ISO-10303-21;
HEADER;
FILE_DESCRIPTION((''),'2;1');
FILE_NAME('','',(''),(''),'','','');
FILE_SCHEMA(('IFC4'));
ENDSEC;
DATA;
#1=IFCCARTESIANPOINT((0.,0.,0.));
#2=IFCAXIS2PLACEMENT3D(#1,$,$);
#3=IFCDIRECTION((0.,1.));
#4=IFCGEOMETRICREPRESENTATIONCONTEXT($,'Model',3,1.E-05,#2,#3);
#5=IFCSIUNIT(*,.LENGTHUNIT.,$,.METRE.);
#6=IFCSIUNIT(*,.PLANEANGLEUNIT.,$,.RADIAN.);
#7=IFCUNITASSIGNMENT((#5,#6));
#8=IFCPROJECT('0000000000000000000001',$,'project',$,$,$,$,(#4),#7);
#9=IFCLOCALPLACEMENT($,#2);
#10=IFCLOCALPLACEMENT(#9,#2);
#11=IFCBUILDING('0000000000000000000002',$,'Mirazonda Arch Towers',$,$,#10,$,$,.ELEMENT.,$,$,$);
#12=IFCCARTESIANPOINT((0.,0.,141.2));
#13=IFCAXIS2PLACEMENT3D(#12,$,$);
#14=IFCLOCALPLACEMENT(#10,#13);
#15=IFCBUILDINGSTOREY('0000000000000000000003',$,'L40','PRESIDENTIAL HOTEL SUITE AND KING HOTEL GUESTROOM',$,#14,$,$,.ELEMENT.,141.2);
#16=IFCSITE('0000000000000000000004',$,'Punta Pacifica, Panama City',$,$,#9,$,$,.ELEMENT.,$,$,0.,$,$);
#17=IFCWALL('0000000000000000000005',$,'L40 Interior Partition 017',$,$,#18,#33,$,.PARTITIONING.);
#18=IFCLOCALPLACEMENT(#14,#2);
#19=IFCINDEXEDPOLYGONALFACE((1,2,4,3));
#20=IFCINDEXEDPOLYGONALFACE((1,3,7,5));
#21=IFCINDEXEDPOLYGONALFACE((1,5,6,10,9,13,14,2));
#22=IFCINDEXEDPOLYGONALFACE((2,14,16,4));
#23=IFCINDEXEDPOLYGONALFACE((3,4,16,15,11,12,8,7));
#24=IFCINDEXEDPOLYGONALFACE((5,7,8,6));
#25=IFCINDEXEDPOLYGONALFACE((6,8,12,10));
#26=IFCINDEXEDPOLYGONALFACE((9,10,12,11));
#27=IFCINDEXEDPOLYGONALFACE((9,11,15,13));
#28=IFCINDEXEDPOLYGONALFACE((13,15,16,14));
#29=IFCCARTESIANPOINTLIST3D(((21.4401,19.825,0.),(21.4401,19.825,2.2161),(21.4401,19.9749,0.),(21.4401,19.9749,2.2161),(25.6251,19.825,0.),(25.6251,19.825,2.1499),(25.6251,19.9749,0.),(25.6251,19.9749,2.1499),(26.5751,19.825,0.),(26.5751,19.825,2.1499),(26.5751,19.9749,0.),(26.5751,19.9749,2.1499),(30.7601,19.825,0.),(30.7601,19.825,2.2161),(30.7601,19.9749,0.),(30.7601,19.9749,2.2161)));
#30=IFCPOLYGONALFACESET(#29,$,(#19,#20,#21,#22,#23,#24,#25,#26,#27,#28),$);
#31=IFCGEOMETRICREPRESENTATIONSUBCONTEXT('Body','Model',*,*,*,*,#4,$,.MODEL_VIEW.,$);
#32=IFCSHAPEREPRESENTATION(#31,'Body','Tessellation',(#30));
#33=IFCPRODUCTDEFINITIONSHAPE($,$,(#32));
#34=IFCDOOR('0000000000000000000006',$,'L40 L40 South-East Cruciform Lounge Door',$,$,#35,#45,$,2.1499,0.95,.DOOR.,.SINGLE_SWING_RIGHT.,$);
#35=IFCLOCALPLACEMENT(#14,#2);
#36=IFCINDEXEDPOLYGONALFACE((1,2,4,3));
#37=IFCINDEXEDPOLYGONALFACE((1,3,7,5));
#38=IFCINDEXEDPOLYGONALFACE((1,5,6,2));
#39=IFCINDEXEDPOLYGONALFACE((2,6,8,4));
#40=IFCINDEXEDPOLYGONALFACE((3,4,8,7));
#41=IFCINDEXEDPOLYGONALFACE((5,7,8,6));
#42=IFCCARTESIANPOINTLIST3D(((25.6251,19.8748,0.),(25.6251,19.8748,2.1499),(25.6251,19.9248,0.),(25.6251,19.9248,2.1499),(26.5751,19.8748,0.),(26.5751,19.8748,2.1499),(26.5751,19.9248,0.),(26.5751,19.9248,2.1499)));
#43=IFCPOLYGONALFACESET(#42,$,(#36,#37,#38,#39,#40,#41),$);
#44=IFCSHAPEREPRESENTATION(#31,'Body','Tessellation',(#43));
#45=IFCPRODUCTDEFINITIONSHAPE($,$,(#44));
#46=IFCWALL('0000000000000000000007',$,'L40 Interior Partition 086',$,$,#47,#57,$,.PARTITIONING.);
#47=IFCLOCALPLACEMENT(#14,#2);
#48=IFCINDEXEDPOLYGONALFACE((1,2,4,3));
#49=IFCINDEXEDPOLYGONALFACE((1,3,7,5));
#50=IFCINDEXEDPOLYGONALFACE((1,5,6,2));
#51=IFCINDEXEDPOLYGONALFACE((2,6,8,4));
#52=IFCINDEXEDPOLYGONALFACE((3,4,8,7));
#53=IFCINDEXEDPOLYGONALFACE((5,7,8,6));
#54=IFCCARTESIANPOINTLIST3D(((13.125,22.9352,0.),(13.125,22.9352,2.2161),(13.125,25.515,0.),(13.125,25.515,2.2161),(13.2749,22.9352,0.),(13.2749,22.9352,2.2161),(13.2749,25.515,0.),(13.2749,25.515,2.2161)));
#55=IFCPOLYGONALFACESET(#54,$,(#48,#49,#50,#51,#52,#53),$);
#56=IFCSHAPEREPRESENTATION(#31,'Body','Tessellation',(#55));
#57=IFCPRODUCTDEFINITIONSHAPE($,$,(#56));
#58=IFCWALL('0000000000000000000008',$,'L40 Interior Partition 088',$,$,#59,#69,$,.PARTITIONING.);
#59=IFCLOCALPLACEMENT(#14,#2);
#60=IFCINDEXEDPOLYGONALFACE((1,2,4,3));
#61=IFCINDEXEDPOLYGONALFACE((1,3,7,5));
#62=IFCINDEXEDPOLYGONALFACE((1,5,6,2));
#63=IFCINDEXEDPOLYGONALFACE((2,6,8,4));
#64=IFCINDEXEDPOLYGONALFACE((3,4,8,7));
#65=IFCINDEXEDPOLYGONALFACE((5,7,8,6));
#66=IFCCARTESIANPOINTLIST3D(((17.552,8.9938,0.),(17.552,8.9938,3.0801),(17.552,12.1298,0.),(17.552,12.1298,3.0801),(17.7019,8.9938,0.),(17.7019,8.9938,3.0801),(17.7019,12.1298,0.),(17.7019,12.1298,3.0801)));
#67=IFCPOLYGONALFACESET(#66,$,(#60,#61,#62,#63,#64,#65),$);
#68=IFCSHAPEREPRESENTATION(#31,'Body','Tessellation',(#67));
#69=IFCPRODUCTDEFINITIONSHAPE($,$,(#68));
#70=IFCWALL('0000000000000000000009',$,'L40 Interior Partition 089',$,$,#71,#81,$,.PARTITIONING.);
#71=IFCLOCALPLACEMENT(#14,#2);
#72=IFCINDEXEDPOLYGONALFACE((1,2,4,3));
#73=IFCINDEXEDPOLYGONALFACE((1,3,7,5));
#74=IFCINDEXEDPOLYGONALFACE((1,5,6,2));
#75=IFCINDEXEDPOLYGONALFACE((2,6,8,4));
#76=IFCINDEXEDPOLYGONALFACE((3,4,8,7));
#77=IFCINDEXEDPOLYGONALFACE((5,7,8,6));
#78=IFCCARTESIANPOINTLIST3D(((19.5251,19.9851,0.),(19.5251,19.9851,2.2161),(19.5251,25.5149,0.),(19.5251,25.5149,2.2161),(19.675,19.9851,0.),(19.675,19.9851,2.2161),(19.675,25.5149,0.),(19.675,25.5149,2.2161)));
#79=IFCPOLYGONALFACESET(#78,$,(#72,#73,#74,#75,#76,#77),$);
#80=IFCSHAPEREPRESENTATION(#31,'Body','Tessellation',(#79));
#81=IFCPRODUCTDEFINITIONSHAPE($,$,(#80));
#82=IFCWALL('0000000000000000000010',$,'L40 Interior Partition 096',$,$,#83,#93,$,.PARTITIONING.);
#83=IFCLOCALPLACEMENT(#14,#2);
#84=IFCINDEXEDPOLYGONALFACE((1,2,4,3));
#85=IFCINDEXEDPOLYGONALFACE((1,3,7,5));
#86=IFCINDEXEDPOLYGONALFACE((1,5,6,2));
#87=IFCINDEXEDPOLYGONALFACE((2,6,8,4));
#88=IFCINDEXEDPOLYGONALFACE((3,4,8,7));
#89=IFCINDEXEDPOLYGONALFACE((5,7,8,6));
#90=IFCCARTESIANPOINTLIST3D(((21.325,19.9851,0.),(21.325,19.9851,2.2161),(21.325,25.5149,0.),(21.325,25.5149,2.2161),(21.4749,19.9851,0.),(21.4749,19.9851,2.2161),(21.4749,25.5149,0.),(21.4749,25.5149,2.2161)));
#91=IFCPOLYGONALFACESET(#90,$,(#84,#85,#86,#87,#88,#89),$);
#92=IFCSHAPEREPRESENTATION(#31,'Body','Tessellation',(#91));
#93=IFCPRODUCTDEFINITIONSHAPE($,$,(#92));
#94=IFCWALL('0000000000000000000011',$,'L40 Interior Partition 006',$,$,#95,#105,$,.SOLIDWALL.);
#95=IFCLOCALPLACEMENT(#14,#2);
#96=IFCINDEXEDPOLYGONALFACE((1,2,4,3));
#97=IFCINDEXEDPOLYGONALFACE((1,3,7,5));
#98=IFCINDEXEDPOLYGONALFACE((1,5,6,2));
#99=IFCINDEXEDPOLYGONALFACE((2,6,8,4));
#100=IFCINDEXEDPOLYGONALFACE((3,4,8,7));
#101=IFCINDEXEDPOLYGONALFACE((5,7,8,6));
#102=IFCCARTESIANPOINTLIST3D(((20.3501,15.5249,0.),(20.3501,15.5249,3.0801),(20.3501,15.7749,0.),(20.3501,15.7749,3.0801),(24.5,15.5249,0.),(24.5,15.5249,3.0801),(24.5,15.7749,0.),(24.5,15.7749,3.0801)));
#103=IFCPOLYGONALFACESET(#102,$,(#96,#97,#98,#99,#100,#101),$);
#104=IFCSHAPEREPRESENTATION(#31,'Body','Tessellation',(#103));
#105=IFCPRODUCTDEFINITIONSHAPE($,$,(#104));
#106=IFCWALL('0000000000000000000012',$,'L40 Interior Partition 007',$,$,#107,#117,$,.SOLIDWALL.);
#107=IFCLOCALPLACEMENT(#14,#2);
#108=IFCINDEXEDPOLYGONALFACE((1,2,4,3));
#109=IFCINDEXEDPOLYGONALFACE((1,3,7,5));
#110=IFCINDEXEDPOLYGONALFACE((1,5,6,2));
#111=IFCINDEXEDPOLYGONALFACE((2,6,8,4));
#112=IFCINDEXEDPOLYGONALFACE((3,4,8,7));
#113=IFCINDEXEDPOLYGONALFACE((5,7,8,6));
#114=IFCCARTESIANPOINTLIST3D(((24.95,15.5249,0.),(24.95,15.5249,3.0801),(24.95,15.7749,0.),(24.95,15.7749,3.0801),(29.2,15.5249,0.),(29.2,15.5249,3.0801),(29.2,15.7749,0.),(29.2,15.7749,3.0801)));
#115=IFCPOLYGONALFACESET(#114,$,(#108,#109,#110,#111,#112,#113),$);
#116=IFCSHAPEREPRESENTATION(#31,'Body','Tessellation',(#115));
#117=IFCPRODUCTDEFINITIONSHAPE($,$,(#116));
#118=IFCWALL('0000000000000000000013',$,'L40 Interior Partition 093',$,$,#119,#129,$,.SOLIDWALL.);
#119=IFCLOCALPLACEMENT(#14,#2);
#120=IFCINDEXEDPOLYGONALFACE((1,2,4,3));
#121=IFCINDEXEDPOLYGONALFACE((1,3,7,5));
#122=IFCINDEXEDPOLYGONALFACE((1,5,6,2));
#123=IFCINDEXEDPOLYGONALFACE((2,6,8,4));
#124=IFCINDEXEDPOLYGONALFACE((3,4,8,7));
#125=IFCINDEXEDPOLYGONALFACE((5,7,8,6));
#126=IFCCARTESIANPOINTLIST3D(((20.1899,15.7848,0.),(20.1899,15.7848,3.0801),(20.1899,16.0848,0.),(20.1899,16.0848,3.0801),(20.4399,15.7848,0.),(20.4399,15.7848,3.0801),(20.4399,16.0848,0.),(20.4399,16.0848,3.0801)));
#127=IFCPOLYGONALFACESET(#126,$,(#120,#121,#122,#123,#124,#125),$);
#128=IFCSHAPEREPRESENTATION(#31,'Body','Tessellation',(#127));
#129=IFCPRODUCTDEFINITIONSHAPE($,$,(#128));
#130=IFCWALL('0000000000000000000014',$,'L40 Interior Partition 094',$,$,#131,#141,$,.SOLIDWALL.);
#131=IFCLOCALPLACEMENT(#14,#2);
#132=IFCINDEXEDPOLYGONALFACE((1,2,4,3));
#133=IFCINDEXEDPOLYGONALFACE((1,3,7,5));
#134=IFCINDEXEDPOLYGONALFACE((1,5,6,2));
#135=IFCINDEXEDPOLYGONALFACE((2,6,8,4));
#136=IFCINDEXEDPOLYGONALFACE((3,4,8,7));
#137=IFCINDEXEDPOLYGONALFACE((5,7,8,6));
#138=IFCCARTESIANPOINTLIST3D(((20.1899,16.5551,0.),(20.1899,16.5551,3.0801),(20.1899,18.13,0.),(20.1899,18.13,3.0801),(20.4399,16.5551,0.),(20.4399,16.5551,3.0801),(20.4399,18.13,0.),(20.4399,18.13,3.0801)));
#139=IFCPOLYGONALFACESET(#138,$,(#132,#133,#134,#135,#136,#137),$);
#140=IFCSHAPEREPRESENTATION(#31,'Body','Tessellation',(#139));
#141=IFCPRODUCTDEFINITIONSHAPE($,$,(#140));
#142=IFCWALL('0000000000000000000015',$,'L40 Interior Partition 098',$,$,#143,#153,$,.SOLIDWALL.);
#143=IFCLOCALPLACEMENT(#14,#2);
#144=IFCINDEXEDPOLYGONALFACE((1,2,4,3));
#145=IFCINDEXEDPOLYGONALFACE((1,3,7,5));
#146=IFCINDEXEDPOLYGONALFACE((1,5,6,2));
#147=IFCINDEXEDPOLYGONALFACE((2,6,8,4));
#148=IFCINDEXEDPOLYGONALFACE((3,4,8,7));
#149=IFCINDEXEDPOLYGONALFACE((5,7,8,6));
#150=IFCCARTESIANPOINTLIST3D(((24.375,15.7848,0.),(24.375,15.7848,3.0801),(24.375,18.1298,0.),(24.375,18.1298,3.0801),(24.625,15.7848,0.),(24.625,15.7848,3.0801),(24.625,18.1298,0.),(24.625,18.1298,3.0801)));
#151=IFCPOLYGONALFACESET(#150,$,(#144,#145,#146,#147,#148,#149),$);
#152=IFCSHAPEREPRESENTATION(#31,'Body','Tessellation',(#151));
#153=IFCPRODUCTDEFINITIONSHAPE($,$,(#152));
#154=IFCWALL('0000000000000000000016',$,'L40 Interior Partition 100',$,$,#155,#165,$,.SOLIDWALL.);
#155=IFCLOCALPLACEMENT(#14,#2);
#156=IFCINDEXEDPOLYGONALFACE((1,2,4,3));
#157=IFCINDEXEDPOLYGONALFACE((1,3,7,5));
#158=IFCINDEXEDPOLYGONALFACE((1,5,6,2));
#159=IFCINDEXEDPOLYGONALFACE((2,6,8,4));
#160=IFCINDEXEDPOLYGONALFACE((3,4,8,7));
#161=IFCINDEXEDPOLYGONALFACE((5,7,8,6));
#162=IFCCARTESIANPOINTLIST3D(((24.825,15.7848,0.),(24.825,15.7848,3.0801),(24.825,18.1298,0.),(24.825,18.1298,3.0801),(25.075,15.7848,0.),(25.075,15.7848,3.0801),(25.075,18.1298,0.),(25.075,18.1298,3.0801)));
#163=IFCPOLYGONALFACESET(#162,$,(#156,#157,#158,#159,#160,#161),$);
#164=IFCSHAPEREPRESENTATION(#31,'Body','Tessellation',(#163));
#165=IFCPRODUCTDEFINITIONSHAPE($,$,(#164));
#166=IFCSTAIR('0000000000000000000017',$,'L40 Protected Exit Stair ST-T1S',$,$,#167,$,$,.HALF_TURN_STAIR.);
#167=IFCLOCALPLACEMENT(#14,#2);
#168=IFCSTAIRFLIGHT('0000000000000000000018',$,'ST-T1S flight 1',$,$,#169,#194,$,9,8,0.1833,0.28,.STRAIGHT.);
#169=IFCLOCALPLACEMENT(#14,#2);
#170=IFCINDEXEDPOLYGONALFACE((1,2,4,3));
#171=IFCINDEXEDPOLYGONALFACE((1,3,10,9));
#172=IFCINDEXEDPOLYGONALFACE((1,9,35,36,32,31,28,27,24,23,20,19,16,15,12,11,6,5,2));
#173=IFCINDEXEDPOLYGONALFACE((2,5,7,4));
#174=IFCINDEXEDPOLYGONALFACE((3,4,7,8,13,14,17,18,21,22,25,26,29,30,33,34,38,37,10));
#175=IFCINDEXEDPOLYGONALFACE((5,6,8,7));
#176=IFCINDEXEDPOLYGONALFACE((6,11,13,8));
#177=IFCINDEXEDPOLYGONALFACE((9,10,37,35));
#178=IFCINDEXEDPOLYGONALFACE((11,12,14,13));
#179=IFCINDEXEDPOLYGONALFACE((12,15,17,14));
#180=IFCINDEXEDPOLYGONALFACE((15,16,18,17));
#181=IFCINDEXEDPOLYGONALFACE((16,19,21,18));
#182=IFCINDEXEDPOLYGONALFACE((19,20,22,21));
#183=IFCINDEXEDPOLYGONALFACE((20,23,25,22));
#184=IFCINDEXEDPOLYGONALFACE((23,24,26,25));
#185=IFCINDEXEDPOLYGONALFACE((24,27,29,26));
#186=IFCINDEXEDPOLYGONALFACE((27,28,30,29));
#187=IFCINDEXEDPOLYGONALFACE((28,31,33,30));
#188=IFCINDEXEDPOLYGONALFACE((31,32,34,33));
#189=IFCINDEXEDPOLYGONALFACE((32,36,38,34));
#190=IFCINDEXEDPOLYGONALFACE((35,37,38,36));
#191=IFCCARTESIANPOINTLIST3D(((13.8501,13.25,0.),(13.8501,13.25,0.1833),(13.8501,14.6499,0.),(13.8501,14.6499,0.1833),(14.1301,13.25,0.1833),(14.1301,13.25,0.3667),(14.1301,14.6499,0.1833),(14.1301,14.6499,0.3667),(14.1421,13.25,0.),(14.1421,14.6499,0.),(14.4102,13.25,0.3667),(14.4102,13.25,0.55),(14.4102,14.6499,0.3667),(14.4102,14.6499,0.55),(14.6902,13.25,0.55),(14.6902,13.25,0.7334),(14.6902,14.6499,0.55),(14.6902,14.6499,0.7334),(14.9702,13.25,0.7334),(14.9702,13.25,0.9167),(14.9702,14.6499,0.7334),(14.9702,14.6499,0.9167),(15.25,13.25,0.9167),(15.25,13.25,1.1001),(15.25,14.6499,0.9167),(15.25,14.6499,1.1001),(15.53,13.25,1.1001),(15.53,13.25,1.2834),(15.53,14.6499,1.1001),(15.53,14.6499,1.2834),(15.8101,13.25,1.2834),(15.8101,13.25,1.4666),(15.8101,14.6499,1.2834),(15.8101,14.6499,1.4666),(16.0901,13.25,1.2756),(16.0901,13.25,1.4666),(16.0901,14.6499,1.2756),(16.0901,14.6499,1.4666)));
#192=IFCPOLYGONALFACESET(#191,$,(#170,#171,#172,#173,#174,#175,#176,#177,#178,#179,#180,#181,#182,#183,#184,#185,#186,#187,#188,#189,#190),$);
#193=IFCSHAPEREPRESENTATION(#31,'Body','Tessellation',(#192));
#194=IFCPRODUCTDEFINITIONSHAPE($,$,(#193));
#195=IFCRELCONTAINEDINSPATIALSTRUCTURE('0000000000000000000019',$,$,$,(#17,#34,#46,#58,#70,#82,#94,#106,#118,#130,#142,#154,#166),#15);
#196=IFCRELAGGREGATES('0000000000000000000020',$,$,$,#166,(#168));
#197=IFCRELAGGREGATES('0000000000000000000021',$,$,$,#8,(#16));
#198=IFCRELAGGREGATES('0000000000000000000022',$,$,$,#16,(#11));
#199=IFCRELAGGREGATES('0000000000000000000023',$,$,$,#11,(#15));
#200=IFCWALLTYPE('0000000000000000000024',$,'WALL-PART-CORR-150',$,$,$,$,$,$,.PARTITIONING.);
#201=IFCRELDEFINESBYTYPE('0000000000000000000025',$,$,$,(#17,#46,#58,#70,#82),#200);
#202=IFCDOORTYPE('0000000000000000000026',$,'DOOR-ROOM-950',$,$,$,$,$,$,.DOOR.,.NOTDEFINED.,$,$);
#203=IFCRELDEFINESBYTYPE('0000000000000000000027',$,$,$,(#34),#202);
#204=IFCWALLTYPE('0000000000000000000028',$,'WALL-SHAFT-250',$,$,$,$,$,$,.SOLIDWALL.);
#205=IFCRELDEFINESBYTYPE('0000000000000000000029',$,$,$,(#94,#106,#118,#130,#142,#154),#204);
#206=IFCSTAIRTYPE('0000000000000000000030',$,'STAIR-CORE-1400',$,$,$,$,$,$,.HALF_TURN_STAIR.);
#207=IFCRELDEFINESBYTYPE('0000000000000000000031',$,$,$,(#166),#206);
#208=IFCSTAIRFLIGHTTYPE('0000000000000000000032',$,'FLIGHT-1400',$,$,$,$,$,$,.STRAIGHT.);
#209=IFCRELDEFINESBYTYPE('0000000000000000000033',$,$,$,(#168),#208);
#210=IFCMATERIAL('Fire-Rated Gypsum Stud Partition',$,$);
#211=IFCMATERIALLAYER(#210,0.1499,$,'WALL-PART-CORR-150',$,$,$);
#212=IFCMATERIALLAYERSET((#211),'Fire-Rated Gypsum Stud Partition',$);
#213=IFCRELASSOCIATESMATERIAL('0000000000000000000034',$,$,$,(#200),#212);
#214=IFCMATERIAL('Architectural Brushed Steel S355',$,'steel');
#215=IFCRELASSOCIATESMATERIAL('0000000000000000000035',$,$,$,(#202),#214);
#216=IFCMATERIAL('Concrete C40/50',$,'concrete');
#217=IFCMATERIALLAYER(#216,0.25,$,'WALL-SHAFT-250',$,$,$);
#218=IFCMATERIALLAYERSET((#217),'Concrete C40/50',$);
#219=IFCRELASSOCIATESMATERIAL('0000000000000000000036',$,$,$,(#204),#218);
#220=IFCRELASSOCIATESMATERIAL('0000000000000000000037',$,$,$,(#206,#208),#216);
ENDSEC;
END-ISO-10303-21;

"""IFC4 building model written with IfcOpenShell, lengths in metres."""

from ifc_helpers import new_model, si_unit, direction, frame, frame_2d, origin, place, context, subcontext, project, spatial, polyline, rectangle, outline, extrude, material, layer, layer_set, type_object, element, fill, aggregate, save


model = new_model("IFC4")

# Units and contexts
model_context = context("Model", 3, precision=1e-05, world=origin(), true_north=direction((0.0, 1.0)))
body_context = subcontext(model_context, "Body", "Model", "MODEL_VIEW")
ifc_project = project(units=[si_unit("LENGTHUNIT", "METRE"), si_unit("PLANEANGLEUNIT", "RADIAN")], contexts=[model_context])

# Site, building, storey
site_placement = place(None, origin())
site = spatial("IfcSite", under=ifc_project, at=site_placement, Name="Punta Pacifica, Panama City", CompositionType="ELEMENT", RefElevation=0.0)
building_placement = place(site_placement, origin())
building = spatial("IfcBuilding", under=site, at=building_placement, Name="Mirazonda Arch Towers", CompositionType="ELEMENT")
storey_placement = place(building_placement, frame((0.0, 0.0, 141.2)))
storey = spatial("IfcBuildingStorey", under=building, at=storey_placement, Name="L40", Description="PRESIDENTIAL HOTEL SUITE AND KING HOTEL GUESTROOM", CompositionType="ELEMENT", Elevation=141.2)

# Wall, opening, door
ifc_material_1 = material(Name="Fire-Rated Gypsum Stud Partition")
ifc_layer_1 = layer(ifc_material_1, 0.1499, Name="WALL-PART-CORR-150")
ifc_layer_set_1 = layer_set([ifc_layer_1], Name="Fire-Rated Gypsum Stud Partition")
wall_type_1 = type_object("IfcWallType", Name="WALL-PART-CORR-150", PredefinedType="PARTITIONING", material=ifc_layer_set_1)
wall_1_placement = place(storey_placement, frame((21.4399, 19.8999, 0.0), z_axis=(0.0, 0.0, 1.0), x_axis=(1.0, 0.0, 0.0)))
wall_1 = element("IfcWall", 1, at=wall_1_placement, inside=storey, type_object=wall_type_1, Name="L40 Interior Partition 017", PredefinedType="PARTITIONING", context=body_context, shape_type="SweptSolid", body=[
    extrude(rectangle(XDim=9.3201, YDim=0.1499, at=frame_2d((4.6602, 0.0))), origin(), (0.0, 0.0, 1.0), 2.2161),
])
opening_placement = place(wall_1_placement, frame((4.1851, 0.0, 0.0)))
opening = element("IfcOpeningElement", 2, at=opening_placement, cuts=wall_1, PredefinedType="OPENING", context=body_context, shape_type="SweptSolid", body=[
    extrude(rectangle(XDim=0.95, YDim=2.1499, at=frame_2d((0.4751, 1.075))), frame((0.0, 0.085, 0.0), z_axis=(0.0, -1.0, 0.0), x_axis=(1.0, 0.0, 0.0)), (0.0, 0.0, 1.0), 0.1699),
])
ifc_material_2 = material(Name="Architectural Brushed Steel S355", Category="steel")
door_type = type_object("IfcDoorType", Name="DOOR-ROOM-950", OperationType="NOTDEFINED", PredefinedType="DOOR", material=ifc_material_2)
door_placement = place(opening_placement, origin())
door = element("IfcDoor", 3, at=door_placement, inside=storey, type_object=door_type, Name="L40 L40 South-East Cruciform Lounge Door", OperationType="SINGLE_SWING_RIGHT", OverallHeight=2.1499, OverallWidth=0.95, PredefinedType="DOOR", context=body_context, shape_type="SweptSolid", body=[
    extrude(rectangle(XDim=0.95, YDim=2.1499, at=frame_2d((0.4751, 1.075))), frame((0.0, 0.0249, 0.0), z_axis=(0.0, -1.0, 0.0), x_axis=(1.0, 0.0, 0.0)), (0.0, 0.0, 1.0), 0.05),
])
fill(opening, door)

# Walls
wall_2_placement = place(storey_placement, frame((13.2, 22.9351, 0.0), z_axis=(0.0, 0.0, 1.0), x_axis=(0.0, 1.0, 0.0)))
element("IfcWall", 4, at=wall_2_placement, inside=storey, type_object=wall_type_1, Name="L40 Interior Partition 086", PredefinedType="PARTITIONING", context=body_context, shape_type="SweptSolid", body=[
    extrude(rectangle(XDim=2.5798, YDim=0.1499, at=frame_2d((1.29, 0.0))), origin(), (0.0, 0.0, 1.0), 2.2161),
])
wall_3_placement = place(storey_placement, frame((17.627, 8.9939, 0.0), z_axis=(0.0, 0.0, 1.0), x_axis=(0.0, 1.0, 0.0)))
element("IfcWall", 5, at=wall_3_placement, inside=storey, type_object=wall_type_1, Name="L40 Interior Partition 088", PredefinedType="PARTITIONING", context=body_context, shape_type="SweptSolid", body=[
    extrude(rectangle(XDim=3.136, YDim=0.1499, at=frame_2d((1.5679, 0.0))), origin(), (0.0, 0.0, 1.0), 3.0801),
])
for number, where, z_axis, x_axis, name in (
    (6, (19.6001, 19.9851, 0.0), (0.0, 0.0, 1.0), (0.0, 1.0, 0.0), "L40 Interior Partition 089"),
    (7, (21.3999, 19.9851, 0.0), (0.0, 0.0, 1.0), (0.0, 1.0, 0.0), "L40 Interior Partition 096"),
):
    element("IfcWall", number, at=place(storey_placement, frame(where, z_axis=z_axis, x_axis=x_axis)), inside=storey, type_object=wall_type_1, Name=name, PredefinedType="PARTITIONING", context=body_context, shape_type="SweptSolid", body=[
        extrude(rectangle(XDim=5.5298, YDim=0.1499, at=frame_2d((2.7649, 0.0))), origin(), (0.0, 0.0, 1.0), 2.2161),
    ])
ifc_material_3 = material(Name="Concrete C40/50", Category="concrete")
ifc_layer_2 = layer(ifc_material_3, 0.25, Name="WALL-SHAFT-250")
ifc_layer_set_2 = layer_set([ifc_layer_2], Name="Concrete C40/50")
wall_type_2 = type_object("IfcWallType", Name="WALL-SHAFT-250", PredefinedType="SOLIDWALL", material=ifc_layer_set_2)
wall_4_placement = place(storey_placement, frame((20.3501, 15.6499, 0.0), z_axis=(0.0, 0.0, 1.0), x_axis=(1.0, 0.0, 0.0)))
element("IfcWall", 8, at=wall_4_placement, inside=storey, type_object=wall_type_2, Name="L40 Interior Partition 006", PredefinedType="SOLIDWALL", context=body_context, shape_type="SweptSolid", body=[
    extrude(rectangle(XDim=4.1499, YDim=0.25, at=frame_2d((2.075, 0.0))), origin(), (0.0, 0.0, 1.0), 3.0801),
])
wall_5_placement = place(storey_placement, frame((24.95, 15.6499, 0.0), z_axis=(0.0, 0.0, 1.0), x_axis=(1.0, 0.0, 0.0)))
element("IfcWall", 9, at=wall_5_placement, inside=storey, type_object=wall_type_2, Name="L40 Interior Partition 007", PredefinedType="SOLIDWALL", context=body_context, shape_type="SweptSolid", body=[
    extrude(rectangle(XDim=4.25, YDim=0.25, at=frame_2d((2.125, 0.0))), origin(), (0.0, 0.0, 1.0), 3.0801),
])
wall_6_placement = place(storey_placement, frame((20.3149, 15.7849, 0.0), z_axis=(0.0, 0.0, 1.0), x_axis=(0.0, 1.0, 0.0)))
element("IfcWall", 10, at=wall_6_placement, inside=storey, type_object=wall_type_2, Name="L40 Interior Partition 093", PredefinedType="SOLIDWALL", context=body_context, shape_type="SweptSolid", body=[
    extrude(rectangle(XDim=0.3, YDim=0.25, at=frame_2d((0.1499, 0.0))), origin(), (0.0, 0.0, 1.0), 3.0801),
])
wall_7_placement = place(storey_placement, frame((20.3149, 16.5549, 0.0), z_axis=(0.0, 0.0, 1.0), x_axis=(0.0, 1.0, 0.0)))
element("IfcWall", 11, at=wall_7_placement, inside=storey, type_object=wall_type_2, Name="L40 Interior Partition 094", PredefinedType="SOLIDWALL", context=body_context, shape_type="SweptSolid", body=[
    extrude(rectangle(XDim=1.575, YDim=0.25, at=frame_2d((0.7876, 0.0))), origin(), (0.0, 0.0, 1.0), 3.0801),
])
for number, where, z_axis, x_axis, name in (
    (12, (24.5, 15.7849, 0.0), (0.0, 0.0, 1.0), (0.0, 1.0, 0.0), "L40 Interior Partition 098"),
    (13, (24.95, 15.7849, 0.0), (0.0, 0.0, 1.0), (0.0, 1.0, 0.0), "L40 Interior Partition 100"),
):
    element("IfcWall", number, at=place(storey_placement, frame(where, z_axis=z_axis, x_axis=x_axis)), inside=storey, type_object=wall_type_2, Name=name, PredefinedType="SOLIDWALL", context=body_context, shape_type="SweptSolid", body=[
        extrude(rectangle(XDim=2.345, YDim=0.25, at=frame_2d((1.1724, 0.0))), origin(), (0.0, 0.0, 1.0), 3.0801),
    ])

# Stair, stair flight
stair_type = type_object("IfcStairType", Name="STAIR-CORE-1400", PredefinedType="HALF_TURN_STAIR", material=ifc_material_3)
stair_placement = place(storey_placement, origin())
stair = element("IfcStair", 14, at=stair_placement, inside=storey, type_object=stair_type, Name="L40 Protected Exit Stair ST-T1S", PredefinedType="HALF_TURN_STAIR")
stair_flight_type = type_object("IfcStairFlightType", Name="FLIGHT-1400", PredefinedType="STRAIGHT", material=ifc_material_3)
stair_flight_1_placement = place(storey_placement, frame((13.8501, 13.95, 0.0), z_axis=(0.0, 0.0, 1.0), x_axis=(1.0, 0.0, 0.0)))
stair_flight_1 = element("IfcStairFlight", 15, at=stair_flight_1_placement, type_object=stair_flight_type, Name="ST-T1S flight 1", NumberOfRisers=9, NumberOfTreads=8, PredefinedType="STRAIGHT", RiserHeight=0.1833, TreadLength=0.28, context=body_context, shape_type="SweptSolid", body=[
    extrude(outline(polyline([(0.0, 0.0), (0.0, 0.1833), (0.28, 0.1833), (0.28, 0.3667), (0.5601, 0.3667), (0.5601, 0.55), (0.8401, 0.55), (0.8401, 0.7334), (1.1201, 0.7334), (1.1201, 0.9167), (1.3999, 0.9167), (1.3999, 1.1001), (1.6799, 1.1001), (1.6799, 1.2834), (1.96, 1.2834), (1.96, 1.4666), (2.24, 1.4666), (2.24, 1.6499), (2.24, 1.2756), (0.292, 0.0), (0.0, 0.0)])), frame((0.0, 0.7, 0.0), z_axis=(0.0, -1.0, 0.0), x_axis=(1.0, 0.0, 0.0)), (0.0, 0.0, 1.0), 1.3999),
])
aggregate(stair, [stair_flight_1])

save(model, "model.ifc")
